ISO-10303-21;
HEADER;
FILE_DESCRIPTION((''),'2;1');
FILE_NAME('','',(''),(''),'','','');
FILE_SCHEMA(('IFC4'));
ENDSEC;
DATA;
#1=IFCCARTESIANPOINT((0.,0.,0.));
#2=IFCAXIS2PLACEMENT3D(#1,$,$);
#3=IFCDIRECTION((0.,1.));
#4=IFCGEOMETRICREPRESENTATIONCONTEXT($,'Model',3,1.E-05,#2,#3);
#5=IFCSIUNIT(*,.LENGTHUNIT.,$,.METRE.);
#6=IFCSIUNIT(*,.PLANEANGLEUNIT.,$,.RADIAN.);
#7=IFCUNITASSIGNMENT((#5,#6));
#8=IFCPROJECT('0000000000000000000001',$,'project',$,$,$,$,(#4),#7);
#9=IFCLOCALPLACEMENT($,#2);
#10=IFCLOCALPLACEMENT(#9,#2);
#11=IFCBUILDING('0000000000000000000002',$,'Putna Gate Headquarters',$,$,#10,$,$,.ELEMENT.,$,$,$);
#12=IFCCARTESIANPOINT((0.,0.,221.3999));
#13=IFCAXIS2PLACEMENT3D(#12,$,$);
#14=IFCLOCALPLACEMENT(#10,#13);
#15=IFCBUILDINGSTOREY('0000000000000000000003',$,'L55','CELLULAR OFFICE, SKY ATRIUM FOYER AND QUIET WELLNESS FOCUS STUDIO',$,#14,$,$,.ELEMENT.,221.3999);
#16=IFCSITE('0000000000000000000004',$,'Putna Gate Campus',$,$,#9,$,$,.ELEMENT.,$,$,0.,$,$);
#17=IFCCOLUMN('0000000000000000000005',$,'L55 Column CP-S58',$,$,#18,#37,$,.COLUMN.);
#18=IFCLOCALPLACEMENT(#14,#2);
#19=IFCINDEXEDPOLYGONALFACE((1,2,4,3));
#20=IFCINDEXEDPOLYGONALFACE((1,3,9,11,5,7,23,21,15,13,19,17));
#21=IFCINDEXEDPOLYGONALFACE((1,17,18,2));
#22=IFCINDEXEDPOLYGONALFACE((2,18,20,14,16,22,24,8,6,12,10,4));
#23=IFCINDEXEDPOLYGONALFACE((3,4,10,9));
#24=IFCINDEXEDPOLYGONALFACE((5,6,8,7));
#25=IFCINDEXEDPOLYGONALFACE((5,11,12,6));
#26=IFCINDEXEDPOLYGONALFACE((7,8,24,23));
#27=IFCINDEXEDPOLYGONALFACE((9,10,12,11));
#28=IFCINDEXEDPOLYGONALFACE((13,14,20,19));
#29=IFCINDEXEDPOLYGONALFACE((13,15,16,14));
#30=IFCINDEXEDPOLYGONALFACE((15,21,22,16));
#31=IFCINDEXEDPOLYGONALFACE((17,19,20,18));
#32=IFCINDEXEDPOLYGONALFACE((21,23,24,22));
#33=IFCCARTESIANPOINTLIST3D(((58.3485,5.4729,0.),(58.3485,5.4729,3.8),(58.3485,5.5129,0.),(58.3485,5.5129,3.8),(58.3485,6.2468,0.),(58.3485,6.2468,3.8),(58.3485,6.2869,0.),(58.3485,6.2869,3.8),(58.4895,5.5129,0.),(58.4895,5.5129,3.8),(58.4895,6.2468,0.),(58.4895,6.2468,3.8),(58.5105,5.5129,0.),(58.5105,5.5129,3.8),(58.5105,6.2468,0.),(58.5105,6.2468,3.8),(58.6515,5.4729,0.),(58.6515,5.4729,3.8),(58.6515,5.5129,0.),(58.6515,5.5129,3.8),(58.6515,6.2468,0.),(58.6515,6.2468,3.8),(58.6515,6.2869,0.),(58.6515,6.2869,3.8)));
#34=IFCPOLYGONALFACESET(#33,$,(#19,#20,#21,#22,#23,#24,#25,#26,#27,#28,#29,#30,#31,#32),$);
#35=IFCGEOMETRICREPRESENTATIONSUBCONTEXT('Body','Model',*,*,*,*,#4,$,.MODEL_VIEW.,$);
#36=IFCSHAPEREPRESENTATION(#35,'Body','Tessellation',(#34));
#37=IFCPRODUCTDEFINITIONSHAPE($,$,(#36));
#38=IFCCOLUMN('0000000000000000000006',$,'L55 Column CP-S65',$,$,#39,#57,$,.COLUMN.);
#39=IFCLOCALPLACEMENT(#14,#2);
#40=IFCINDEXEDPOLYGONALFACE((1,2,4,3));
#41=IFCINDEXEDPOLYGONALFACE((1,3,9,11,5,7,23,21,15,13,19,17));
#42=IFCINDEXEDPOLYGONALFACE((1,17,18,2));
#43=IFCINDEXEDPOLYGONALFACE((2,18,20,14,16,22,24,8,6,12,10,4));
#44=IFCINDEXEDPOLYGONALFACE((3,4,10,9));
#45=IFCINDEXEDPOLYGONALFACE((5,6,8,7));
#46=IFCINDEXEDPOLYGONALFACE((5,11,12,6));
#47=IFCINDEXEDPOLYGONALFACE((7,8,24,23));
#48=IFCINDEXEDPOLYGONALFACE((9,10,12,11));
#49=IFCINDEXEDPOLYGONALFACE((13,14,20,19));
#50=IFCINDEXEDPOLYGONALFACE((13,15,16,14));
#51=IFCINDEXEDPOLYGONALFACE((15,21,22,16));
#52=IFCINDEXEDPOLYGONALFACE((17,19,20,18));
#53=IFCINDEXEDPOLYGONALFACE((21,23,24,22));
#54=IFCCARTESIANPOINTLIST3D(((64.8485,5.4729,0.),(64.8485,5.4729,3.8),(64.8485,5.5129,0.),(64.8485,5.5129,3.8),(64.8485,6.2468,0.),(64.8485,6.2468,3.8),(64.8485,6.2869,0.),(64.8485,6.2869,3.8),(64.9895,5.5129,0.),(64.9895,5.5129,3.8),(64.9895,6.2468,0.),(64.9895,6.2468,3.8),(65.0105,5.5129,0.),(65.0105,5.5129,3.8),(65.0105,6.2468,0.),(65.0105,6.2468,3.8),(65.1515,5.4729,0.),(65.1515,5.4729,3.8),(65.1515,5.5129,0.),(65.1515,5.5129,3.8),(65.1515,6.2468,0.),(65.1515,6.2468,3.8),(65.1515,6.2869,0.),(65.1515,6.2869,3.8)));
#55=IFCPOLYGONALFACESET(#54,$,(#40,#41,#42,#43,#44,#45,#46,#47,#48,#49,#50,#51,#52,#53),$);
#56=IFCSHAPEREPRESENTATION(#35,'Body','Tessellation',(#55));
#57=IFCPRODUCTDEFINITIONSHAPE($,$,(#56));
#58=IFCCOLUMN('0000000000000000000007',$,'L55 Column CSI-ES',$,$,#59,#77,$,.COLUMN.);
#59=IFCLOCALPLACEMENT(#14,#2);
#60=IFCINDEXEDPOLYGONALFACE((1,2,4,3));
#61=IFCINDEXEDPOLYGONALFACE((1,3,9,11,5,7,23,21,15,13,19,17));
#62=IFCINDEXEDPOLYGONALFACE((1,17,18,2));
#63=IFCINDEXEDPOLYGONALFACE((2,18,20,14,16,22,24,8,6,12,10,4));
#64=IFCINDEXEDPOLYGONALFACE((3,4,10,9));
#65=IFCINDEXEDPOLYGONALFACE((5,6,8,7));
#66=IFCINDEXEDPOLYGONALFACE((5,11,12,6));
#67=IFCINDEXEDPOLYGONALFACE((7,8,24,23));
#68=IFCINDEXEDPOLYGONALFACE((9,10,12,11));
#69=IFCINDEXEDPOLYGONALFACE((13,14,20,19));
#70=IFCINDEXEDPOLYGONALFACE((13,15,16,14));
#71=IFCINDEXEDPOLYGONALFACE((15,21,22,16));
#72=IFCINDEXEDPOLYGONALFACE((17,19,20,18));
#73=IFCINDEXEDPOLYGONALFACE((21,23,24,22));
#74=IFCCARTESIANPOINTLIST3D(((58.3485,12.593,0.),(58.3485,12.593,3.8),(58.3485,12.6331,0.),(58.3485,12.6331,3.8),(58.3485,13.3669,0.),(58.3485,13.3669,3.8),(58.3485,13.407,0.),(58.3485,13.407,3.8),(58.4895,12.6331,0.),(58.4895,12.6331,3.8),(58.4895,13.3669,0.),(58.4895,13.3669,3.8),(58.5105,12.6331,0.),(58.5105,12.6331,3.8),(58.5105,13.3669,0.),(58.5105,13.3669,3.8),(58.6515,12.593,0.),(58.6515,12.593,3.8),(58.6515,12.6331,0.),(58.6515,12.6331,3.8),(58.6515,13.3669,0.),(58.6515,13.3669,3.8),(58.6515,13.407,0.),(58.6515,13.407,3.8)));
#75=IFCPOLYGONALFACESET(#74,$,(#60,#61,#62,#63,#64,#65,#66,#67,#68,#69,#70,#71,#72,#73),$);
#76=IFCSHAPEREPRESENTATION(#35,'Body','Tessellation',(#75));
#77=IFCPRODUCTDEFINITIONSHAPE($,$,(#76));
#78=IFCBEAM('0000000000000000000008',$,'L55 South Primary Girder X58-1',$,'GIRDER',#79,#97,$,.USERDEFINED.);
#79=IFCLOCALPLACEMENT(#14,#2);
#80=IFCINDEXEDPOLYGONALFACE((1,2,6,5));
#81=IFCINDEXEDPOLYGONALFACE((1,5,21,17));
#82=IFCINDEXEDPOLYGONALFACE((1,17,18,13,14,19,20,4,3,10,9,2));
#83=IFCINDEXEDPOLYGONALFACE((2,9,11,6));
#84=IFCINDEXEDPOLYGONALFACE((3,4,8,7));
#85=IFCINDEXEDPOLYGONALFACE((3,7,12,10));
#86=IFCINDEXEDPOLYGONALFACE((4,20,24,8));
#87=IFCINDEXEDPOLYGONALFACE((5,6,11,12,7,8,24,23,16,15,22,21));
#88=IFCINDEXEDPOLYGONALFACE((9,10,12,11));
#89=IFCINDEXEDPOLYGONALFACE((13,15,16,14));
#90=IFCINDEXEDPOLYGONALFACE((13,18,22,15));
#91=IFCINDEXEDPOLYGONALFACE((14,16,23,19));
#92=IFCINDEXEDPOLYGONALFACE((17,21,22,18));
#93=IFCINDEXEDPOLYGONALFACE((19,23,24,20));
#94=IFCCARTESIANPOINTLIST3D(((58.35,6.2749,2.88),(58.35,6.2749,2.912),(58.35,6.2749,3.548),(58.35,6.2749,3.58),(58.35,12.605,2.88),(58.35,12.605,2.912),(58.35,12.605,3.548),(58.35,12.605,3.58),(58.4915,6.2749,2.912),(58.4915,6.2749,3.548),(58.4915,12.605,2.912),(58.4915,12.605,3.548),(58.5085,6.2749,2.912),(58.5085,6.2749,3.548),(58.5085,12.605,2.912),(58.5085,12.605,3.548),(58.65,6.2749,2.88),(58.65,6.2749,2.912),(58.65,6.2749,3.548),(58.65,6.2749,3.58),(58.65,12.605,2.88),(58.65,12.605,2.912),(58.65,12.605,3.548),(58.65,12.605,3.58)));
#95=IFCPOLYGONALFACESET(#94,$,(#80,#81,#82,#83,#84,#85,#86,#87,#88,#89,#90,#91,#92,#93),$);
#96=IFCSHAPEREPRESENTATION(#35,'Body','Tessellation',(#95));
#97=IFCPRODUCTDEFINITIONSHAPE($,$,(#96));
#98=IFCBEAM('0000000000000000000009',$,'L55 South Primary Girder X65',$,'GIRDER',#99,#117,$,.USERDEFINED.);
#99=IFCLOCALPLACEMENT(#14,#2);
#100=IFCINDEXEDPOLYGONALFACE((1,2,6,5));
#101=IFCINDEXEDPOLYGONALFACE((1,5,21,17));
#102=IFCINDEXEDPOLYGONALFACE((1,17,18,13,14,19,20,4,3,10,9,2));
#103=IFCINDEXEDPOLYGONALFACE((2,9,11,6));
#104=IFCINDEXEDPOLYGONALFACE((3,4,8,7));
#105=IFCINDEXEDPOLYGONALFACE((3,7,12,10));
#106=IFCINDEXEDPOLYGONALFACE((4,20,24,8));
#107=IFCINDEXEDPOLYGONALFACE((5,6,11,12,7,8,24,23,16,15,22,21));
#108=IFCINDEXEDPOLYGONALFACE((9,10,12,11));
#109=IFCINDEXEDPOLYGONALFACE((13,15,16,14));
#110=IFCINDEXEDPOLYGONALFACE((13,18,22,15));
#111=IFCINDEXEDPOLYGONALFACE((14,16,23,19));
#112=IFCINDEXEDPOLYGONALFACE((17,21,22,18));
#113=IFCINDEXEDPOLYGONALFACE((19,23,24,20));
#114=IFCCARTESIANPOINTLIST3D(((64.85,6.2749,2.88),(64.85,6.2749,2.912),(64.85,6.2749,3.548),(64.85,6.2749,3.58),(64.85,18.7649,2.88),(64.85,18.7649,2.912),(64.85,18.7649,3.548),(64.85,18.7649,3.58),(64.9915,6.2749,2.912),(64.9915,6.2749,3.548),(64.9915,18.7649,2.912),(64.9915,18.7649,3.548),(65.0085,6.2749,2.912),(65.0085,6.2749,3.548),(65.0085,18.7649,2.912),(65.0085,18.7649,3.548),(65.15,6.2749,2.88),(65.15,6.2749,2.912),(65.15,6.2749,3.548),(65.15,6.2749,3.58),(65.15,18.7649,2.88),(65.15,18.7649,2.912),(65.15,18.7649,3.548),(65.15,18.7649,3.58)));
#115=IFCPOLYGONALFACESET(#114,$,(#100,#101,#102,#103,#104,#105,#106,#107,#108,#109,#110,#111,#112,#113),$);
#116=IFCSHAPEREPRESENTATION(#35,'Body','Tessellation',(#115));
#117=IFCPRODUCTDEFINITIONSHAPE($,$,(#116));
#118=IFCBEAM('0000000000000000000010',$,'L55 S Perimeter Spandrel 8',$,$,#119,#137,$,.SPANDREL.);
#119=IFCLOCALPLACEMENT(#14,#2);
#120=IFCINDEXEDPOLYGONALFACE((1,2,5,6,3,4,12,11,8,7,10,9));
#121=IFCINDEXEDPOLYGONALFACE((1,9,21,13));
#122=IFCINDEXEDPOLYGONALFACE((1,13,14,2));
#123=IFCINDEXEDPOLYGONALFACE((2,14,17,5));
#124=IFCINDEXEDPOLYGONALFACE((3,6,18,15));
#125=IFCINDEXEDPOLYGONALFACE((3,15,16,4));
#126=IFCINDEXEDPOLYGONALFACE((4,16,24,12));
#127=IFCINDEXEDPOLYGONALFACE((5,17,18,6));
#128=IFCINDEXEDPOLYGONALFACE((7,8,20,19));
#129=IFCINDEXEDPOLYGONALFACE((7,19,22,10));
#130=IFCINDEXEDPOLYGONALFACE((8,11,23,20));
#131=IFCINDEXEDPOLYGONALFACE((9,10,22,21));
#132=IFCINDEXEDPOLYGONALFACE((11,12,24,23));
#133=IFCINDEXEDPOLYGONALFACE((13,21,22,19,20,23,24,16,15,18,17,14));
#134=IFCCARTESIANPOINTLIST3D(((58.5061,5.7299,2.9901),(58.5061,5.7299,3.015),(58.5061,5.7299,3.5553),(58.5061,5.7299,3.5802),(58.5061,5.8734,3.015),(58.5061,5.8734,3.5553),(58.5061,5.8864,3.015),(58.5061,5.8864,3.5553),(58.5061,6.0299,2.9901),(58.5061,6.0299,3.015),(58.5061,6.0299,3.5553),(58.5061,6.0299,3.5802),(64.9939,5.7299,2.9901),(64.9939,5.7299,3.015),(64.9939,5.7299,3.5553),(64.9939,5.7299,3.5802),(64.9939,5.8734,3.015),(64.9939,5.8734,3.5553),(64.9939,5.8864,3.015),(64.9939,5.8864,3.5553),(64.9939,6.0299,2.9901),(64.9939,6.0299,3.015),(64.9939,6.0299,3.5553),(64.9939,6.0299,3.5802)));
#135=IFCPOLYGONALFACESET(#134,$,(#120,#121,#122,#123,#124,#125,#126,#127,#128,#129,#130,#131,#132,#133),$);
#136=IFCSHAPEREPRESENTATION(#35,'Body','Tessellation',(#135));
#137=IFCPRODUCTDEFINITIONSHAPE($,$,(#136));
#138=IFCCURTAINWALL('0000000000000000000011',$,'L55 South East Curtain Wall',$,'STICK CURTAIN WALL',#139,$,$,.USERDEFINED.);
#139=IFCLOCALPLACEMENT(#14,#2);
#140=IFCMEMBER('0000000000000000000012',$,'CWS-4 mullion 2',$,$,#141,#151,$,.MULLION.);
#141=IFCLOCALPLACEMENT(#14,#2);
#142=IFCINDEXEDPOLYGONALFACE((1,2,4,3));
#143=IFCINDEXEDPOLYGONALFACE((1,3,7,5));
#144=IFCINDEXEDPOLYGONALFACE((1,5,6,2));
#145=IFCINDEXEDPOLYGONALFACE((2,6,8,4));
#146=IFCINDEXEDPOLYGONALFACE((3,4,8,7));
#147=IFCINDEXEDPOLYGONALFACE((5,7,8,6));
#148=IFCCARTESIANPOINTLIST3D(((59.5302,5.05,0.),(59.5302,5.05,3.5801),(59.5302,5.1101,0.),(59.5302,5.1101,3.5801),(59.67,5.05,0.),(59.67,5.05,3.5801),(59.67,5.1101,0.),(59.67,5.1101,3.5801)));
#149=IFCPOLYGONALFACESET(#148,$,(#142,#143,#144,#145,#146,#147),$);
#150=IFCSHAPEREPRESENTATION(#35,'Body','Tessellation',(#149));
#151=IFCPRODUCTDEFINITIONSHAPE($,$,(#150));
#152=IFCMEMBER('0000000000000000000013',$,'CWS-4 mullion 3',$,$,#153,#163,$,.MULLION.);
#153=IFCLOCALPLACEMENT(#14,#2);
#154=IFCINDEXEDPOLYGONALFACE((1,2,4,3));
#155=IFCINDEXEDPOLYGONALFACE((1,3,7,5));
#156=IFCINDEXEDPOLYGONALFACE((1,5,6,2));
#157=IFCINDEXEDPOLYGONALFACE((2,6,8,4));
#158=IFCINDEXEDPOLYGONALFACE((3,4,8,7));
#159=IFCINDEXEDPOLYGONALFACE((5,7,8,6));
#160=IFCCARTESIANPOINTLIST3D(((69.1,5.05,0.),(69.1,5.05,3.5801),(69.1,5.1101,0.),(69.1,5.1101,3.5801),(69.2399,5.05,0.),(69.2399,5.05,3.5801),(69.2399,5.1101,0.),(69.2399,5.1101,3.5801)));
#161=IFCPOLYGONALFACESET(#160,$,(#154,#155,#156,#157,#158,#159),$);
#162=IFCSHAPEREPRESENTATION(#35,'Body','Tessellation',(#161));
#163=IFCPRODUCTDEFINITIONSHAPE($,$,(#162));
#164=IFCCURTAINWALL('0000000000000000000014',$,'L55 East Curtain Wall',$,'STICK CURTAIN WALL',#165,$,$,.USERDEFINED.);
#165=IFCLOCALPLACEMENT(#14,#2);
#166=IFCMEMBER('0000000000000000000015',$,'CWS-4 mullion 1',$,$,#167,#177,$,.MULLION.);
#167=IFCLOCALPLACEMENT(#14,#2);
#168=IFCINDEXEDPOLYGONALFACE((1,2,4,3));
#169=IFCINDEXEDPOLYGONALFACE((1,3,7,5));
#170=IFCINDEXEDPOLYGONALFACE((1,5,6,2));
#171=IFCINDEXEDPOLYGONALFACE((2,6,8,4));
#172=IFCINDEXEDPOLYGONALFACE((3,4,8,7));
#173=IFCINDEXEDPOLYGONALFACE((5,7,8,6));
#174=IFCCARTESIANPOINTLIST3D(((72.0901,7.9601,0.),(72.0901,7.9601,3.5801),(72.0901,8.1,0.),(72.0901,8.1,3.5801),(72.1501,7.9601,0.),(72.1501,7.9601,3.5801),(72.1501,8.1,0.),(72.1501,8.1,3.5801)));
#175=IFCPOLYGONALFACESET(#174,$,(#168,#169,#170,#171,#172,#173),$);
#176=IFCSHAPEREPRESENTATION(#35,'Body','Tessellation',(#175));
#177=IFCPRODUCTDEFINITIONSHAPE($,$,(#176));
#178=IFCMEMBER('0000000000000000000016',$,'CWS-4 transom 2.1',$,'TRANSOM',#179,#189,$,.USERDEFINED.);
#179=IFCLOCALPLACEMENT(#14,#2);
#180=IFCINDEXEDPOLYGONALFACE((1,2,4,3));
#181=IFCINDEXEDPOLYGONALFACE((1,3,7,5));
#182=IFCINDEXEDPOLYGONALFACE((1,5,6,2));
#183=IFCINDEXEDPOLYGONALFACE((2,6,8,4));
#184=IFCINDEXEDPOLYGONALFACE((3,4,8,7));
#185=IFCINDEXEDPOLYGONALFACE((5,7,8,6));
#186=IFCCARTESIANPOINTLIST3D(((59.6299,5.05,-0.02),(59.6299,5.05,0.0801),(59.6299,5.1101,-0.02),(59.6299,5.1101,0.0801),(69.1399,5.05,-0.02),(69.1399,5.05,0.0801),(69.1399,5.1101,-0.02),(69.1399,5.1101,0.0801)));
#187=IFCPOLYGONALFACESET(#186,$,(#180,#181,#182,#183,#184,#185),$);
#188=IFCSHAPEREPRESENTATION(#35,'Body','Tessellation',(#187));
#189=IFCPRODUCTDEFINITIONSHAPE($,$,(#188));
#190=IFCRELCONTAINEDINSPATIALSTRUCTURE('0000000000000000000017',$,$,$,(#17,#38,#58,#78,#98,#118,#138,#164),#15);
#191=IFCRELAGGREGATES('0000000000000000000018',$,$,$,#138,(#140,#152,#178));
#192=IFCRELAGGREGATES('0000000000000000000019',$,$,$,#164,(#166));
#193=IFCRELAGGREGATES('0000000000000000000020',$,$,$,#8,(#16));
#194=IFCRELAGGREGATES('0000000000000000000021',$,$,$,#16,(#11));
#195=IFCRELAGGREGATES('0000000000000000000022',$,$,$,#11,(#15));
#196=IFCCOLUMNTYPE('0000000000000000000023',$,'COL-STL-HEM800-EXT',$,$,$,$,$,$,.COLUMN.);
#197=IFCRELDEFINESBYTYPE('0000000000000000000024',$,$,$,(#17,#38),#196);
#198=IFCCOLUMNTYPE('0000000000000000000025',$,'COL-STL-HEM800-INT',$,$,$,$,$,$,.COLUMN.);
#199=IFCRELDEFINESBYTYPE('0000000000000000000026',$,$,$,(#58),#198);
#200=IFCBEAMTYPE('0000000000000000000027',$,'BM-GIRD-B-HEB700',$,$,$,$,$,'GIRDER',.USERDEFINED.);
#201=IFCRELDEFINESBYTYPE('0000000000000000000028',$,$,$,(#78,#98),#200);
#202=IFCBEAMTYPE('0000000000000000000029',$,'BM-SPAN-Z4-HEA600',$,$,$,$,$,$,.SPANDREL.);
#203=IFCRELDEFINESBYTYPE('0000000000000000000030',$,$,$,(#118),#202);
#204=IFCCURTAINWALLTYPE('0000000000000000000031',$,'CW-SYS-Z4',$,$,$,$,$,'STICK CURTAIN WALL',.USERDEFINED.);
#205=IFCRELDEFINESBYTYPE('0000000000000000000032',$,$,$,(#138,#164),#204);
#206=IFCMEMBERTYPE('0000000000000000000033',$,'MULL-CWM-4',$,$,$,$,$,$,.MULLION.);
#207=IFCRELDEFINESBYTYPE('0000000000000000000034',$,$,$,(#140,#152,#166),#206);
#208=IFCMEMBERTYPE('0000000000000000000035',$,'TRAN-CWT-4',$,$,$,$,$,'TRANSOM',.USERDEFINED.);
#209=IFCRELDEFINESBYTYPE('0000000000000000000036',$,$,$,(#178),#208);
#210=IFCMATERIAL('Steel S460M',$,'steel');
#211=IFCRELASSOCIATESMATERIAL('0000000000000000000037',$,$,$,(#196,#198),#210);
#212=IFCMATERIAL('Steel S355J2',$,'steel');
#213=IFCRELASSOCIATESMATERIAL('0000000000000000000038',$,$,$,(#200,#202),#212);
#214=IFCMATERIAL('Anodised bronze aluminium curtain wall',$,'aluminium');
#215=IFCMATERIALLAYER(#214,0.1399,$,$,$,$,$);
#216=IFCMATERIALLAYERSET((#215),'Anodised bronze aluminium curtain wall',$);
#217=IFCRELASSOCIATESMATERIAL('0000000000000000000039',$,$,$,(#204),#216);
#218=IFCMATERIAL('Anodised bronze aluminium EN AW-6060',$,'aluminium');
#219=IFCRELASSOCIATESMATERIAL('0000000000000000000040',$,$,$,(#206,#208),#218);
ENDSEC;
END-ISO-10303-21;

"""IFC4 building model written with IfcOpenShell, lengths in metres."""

from ifc_helpers import new_model, si_unit, direction, frame, origin, origin_2d, place, context, subcontext, project, spatial, rectangle, i_section, extrude, material, layer, layer_set, material_profile, profile_set, type_object, element, aggregate, save


model = new_model("IFC4")

# Units and contexts
model_context = context("Model", 3, precision=1e-05, world=origin(), true_north=direction((0.0, 1.0)))
body_context = subcontext(model_context, "Body", "Model", "MODEL_VIEW")
ifc_project = project(units=[si_unit("LENGTHUNIT", "METRE"), si_unit("PLANEANGLEUNIT", "RADIAN")], contexts=[model_context])

# Site, building, storey
site_placement = place(None, origin())
site = spatial("IfcSite", under=ifc_project, at=site_placement, Name="Putna Gate Campus", CompositionType="ELEMENT", RefElevation=0.0)
building_placement = place(site_placement, origin())
building = spatial("IfcBuilding", under=site, at=building_placement, Name="Putna Gate Headquarters", CompositionType="ELEMENT")
storey_placement = place(building_placement, frame((0.0, 0.0, 221.3999)))
storey = spatial("IfcBuildingStorey", under=building, at=storey_placement, Name="L55", Description="CELLULAR OFFICE, SKY ATRIUM FOYER AND QUIET WELLNESS FOCUS STUDIO", CompositionType="ELEMENT", Elevation=221.3999)

# Columns
ifc_material_1 = material(Name="Steel S460M", Category="steel")
ifc_material_profile_1 = material_profile(ifc_material_1, i_section(OverallWidth=0.303, OverallDepth=0.814, WebThickness=0.021, FlangeThickness=0.04, at=origin_2d()), Name="Steel S460M")
ifc_profile_set_1 = profile_set([ifc_material_profile_1], Name="Steel S460M")
column_type_1 = type_object("IfcColumnType", Name="COL-STL-HEM800-EXT", PredefinedType="COLUMN", material=ifc_profile_set_1)
for number, where, z_axis, x_axis, name in (
    (1, (58.5, 5.8799, 0.0), (0.0, 0.0, 1.0), (1.0, 0.0, 0.0), "L55 Column CP-S58"),
    (2, (65.0, 5.8799, 0.0), (0.0, 0.0, 1.0), (1.0, 0.0, 0.0), "L55 Column CP-S65"),
):
    element("IfcColumn", number, at=place(storey_placement, frame(where, z_axis=z_axis, x_axis=x_axis)), inside=storey, type_object=column_type_1, Name=name, PredefinedType="COLUMN", context=body_context, shape_type="SweptSolid", body=[
        extrude(i_section(OverallWidth=0.303, OverallDepth=0.814, WebThickness=0.021, FlangeThickness=0.04, at=origin_2d()), origin(), (0.0, 0.0, 1.0), 3.8),
    ])
ifc_material_profile_2 = material_profile(ifc_material_1, i_section(OverallWidth=0.303, OverallDepth=0.814, WebThickness=0.021, FlangeThickness=0.04, at=origin_2d()), Name="Steel S460M")
ifc_profile_set_2 = profile_set([ifc_material_profile_2], Name="Steel S460M")
column_type_2 = type_object("IfcColumnType", Name="COL-STL-HEM800-INT", PredefinedType="COLUMN", material=ifc_profile_set_2)
column_placement = place(storey_placement, frame((58.5, 13.0, 0.0), z_axis=(0.0, 0.0, 1.0), x_axis=(1.0, 0.0, 0.0)))
element("IfcColumn", 3, at=column_placement, inside=storey, type_object=column_type_2, Name="L55 Column CSI-ES", PredefinedType="COLUMN", context=body_context, shape_type="SweptSolid", body=[
    extrude(i_section(OverallWidth=0.303, OverallDepth=0.814, WebThickness=0.021, FlangeThickness=0.04, at=origin_2d()), origin(), (0.0, 0.0, 1.0), 3.8),
])

# Beams
ifc_material_2 = material(Name="Steel S355J2", Category="steel")
ifc_material_profile_3 = material_profile(ifc_material_2, i_section(OverallWidth=0.3, OverallDepth=0.7, WebThickness=0.0171, FlangeThickness=0.032, at=origin_2d()), Name="Steel S355J2")
ifc_profile_set_3 = profile_set([ifc_material_profile_3], Name="Steel S355J2")
beam_type_1 = type_object("IfcBeamType", Name="BM-GIRD-B-HEB700", ElementType="GIRDER", PredefinedType="USERDEFINED", material=ifc_profile_set_3)
beam_1_placement = place(storey_placement, frame((58.5, 6.2749, 3.23), z_axis=(0.0, 1.0, 0.0), x_axis=(-1.0, 0.0, 0.0)))
element("IfcBeam", 4, at=beam_1_placement, inside=storey, type_object=beam_type_1, Name="L55 South Primary Girder X58-1", ObjectType="GIRDER", PredefinedType="USERDEFINED", context=body_context, shape_type="SweptSolid", body=[
    extrude(i_section(OverallWidth=0.3, OverallDepth=0.7, WebThickness=0.0171, FlangeThickness=0.032, at=origin_2d()), origin(), (0.0, 0.0, 1.0), 6.3301),
])
beam_2_placement = place(storey_placement, frame((65.0, 6.2749, 3.23), z_axis=(0.0, 1.0, 0.0), x_axis=(-1.0, 0.0, 0.0)))
element("IfcBeam", 5, at=beam_2_placement, inside=storey, type_object=beam_type_1, Name="L55 South Primary Girder X65", ObjectType="GIRDER", PredefinedType="USERDEFINED", context=body_context, shape_type="SweptSolid", body=[
    extrude(i_section(OverallWidth=0.3, OverallDepth=0.7, WebThickness=0.0171, FlangeThickness=0.032, at=origin_2d()), origin(), (0.0, 0.0, 1.0), 12.49),
])
ifc_material_profile_4 = material_profile(ifc_material_2, i_section(OverallWidth=0.3, OverallDepth=0.5901, WebThickness=0.0129, FlangeThickness=0.0249, at=origin_2d()), Name="Steel S355J2")
ifc_profile_set_4 = profile_set([ifc_material_profile_4], Name="Steel S355J2")
beam_type_2 = type_object("IfcBeamType", Name="BM-SPAN-Z4-HEA600", PredefinedType="SPANDREL", material=ifc_profile_set_4)
beam_3_placement = place(storey_placement, frame((58.5061, 5.8799, 3.2852), z_axis=(1.0, 0.0, 0.0), x_axis=(0.0, 1.0, 0.0)))
element("IfcBeam", 6, at=beam_3_placement, inside=storey, type_object=beam_type_2, Name="L55 S Perimeter Spandrel 8", PredefinedType="SPANDREL", context=body_context, shape_type="SweptSolid", body=[
    extrude(i_section(OverallWidth=0.3, OverallDepth=0.5901, WebThickness=0.0129, FlangeThickness=0.0249, at=origin_2d()), origin(), (0.0, 0.0, 1.0), 6.4878),
])

# Curtain wall, members
ifc_material_3 = material(Name="Anodised bronze aluminium curtain wall", Category="aluminium")
ifc_layer_1 = layer(ifc_material_3, 0.1399)
ifc_layer_set_1 = layer_set([ifc_layer_1], Name="Anodised bronze aluminium curtain wall")
curtain_wall_type = type_object("IfcCurtainWallType", Name="CW-SYS-Z4", ElementType="STICK CURTAIN WALL", PredefinedType="USERDEFINED", material=ifc_layer_set_1)
curtain_wall_1_placement = place(storey_placement, origin())
curtain_wall_1 = element("IfcCurtainWall", 7, at=curtain_wall_1_placement, inside=storey, type_object=curtain_wall_type, Name="L55 South East Curtain Wall", ObjectType="STICK CURTAIN WALL", PredefinedType="USERDEFINED")
ifc_material_4 = material(Name="Anodised bronze aluminium EN AW-6060", Category="aluminium")
ifc_material_profile_5 = material_profile(ifc_material_4, rectangle(XDim=0.0601, YDim=0.1399, at=origin_2d()), Name="Anodised bronze aluminium EN AW-6060")
ifc_profile_set_5 = profile_set([ifc_material_profile_5], Name="Anodised bronze aluminium EN AW-6060")
member_type_1 = type_object("IfcMemberType", Name="MULL-CWM-4", PredefinedType="MULLION", material=ifc_profile_set_5)
member_1_placement = place(storey_placement, frame((59.6001, 5.0801, 0.0), z_axis=(0.0, 0.0, 1.0), x_axis=(0.0, 1.0, 0.0)))
member_1 = element("IfcMember", 8, at=member_1_placement, type_object=member_type_1, Name="CWS-4 mullion 2", PredefinedType="MULLION", context=body_context, shape_type="SweptSolid", body=[
    extrude(rectangle(XDim=0.0601, YDim=0.1399, at=origin_2d()), origin(), (0.0, 0.0, 1.0), 3.5801),
])
member_2_placement = place(storey_placement, frame((69.1699, 5.0801, 0.0), z_axis=(0.0, 0.0, 1.0), x_axis=(0.0, 1.0, 0.0)))
member_2 = element("IfcMember", 9, at=member_2_placement, type_object=member_type_1, Name="CWS-4 mullion 3", PredefinedType="MULLION", context=body_context, shape_type="SweptSolid", body=[
    extrude(rectangle(XDim=0.0601, YDim=0.1399, at=origin_2d()), origin(), (0.0, 0.0, 1.0), 3.5801),
])

# Curtain wall, member
curtain_wall_2_placement = place(storey_placement, origin())
curtain_wall_2 = element("IfcCurtainWall", 10, at=curtain_wall_2_placement, inside=storey, type_object=curtain_wall_type, Name="L55 East Curtain Wall", ObjectType="STICK CURTAIN WALL", PredefinedType="USERDEFINED")
member_3_placement = place(storey_placement, frame((72.1201, 8.03, 0.0), z_axis=(0.0, 0.0, 1.0), x_axis=(-1.0, 0.0, 0.0)))
member_3 = element("IfcMember", 11, at=member_3_placement, type_object=member_type_1, Name="CWS-4 mullion 1", PredefinedType="MULLION", context=body_context, shape_type="SweptSolid", body=[
    extrude(rectangle(XDim=0.0601, YDim=0.1399, at=origin_2d()), origin(), (0.0, 0.0, 1.0), 3.5801),
])

# Member
ifc_material_profile_6 = material_profile(ifc_material_4, rectangle(XDim=0.0601, YDim=0.1001, at=origin_2d()), Name="Anodised bronze aluminium EN AW-6060")
ifc_profile_set_6 = profile_set([ifc_material_profile_6], Name="Anodised bronze aluminium EN AW-6060")
member_type_2 = type_object("IfcMemberType", Name="TRAN-CWT-4", ElementType="TRANSOM", PredefinedType="USERDEFINED", material=ifc_profile_set_6)
member_4_placement = place(storey_placement, frame((59.6299, 5.0801, 0.03), z_axis=(1.0, 0.0, 0.0), x_axis=(0.0, 1.0, 0.0)))
member_4 = element("IfcMember", 12, at=member_4_placement, type_object=member_type_2, Name="CWS-4 transom 2.1", ObjectType="TRANSOM", PredefinedType="USERDEFINED", context=body_context, shape_type="SweptSolid", body=[
    extrude(rectangle(XDim=0.0601, YDim=0.1001, at=origin_2d()), origin(), (0.0, 0.0, 1.0), 9.51),
])

aggregate(curtain_wall_1, [member_1, member_2, member_4])
aggregate(curtain_wall_2, [member_3])

save(model, "model.ifc")
